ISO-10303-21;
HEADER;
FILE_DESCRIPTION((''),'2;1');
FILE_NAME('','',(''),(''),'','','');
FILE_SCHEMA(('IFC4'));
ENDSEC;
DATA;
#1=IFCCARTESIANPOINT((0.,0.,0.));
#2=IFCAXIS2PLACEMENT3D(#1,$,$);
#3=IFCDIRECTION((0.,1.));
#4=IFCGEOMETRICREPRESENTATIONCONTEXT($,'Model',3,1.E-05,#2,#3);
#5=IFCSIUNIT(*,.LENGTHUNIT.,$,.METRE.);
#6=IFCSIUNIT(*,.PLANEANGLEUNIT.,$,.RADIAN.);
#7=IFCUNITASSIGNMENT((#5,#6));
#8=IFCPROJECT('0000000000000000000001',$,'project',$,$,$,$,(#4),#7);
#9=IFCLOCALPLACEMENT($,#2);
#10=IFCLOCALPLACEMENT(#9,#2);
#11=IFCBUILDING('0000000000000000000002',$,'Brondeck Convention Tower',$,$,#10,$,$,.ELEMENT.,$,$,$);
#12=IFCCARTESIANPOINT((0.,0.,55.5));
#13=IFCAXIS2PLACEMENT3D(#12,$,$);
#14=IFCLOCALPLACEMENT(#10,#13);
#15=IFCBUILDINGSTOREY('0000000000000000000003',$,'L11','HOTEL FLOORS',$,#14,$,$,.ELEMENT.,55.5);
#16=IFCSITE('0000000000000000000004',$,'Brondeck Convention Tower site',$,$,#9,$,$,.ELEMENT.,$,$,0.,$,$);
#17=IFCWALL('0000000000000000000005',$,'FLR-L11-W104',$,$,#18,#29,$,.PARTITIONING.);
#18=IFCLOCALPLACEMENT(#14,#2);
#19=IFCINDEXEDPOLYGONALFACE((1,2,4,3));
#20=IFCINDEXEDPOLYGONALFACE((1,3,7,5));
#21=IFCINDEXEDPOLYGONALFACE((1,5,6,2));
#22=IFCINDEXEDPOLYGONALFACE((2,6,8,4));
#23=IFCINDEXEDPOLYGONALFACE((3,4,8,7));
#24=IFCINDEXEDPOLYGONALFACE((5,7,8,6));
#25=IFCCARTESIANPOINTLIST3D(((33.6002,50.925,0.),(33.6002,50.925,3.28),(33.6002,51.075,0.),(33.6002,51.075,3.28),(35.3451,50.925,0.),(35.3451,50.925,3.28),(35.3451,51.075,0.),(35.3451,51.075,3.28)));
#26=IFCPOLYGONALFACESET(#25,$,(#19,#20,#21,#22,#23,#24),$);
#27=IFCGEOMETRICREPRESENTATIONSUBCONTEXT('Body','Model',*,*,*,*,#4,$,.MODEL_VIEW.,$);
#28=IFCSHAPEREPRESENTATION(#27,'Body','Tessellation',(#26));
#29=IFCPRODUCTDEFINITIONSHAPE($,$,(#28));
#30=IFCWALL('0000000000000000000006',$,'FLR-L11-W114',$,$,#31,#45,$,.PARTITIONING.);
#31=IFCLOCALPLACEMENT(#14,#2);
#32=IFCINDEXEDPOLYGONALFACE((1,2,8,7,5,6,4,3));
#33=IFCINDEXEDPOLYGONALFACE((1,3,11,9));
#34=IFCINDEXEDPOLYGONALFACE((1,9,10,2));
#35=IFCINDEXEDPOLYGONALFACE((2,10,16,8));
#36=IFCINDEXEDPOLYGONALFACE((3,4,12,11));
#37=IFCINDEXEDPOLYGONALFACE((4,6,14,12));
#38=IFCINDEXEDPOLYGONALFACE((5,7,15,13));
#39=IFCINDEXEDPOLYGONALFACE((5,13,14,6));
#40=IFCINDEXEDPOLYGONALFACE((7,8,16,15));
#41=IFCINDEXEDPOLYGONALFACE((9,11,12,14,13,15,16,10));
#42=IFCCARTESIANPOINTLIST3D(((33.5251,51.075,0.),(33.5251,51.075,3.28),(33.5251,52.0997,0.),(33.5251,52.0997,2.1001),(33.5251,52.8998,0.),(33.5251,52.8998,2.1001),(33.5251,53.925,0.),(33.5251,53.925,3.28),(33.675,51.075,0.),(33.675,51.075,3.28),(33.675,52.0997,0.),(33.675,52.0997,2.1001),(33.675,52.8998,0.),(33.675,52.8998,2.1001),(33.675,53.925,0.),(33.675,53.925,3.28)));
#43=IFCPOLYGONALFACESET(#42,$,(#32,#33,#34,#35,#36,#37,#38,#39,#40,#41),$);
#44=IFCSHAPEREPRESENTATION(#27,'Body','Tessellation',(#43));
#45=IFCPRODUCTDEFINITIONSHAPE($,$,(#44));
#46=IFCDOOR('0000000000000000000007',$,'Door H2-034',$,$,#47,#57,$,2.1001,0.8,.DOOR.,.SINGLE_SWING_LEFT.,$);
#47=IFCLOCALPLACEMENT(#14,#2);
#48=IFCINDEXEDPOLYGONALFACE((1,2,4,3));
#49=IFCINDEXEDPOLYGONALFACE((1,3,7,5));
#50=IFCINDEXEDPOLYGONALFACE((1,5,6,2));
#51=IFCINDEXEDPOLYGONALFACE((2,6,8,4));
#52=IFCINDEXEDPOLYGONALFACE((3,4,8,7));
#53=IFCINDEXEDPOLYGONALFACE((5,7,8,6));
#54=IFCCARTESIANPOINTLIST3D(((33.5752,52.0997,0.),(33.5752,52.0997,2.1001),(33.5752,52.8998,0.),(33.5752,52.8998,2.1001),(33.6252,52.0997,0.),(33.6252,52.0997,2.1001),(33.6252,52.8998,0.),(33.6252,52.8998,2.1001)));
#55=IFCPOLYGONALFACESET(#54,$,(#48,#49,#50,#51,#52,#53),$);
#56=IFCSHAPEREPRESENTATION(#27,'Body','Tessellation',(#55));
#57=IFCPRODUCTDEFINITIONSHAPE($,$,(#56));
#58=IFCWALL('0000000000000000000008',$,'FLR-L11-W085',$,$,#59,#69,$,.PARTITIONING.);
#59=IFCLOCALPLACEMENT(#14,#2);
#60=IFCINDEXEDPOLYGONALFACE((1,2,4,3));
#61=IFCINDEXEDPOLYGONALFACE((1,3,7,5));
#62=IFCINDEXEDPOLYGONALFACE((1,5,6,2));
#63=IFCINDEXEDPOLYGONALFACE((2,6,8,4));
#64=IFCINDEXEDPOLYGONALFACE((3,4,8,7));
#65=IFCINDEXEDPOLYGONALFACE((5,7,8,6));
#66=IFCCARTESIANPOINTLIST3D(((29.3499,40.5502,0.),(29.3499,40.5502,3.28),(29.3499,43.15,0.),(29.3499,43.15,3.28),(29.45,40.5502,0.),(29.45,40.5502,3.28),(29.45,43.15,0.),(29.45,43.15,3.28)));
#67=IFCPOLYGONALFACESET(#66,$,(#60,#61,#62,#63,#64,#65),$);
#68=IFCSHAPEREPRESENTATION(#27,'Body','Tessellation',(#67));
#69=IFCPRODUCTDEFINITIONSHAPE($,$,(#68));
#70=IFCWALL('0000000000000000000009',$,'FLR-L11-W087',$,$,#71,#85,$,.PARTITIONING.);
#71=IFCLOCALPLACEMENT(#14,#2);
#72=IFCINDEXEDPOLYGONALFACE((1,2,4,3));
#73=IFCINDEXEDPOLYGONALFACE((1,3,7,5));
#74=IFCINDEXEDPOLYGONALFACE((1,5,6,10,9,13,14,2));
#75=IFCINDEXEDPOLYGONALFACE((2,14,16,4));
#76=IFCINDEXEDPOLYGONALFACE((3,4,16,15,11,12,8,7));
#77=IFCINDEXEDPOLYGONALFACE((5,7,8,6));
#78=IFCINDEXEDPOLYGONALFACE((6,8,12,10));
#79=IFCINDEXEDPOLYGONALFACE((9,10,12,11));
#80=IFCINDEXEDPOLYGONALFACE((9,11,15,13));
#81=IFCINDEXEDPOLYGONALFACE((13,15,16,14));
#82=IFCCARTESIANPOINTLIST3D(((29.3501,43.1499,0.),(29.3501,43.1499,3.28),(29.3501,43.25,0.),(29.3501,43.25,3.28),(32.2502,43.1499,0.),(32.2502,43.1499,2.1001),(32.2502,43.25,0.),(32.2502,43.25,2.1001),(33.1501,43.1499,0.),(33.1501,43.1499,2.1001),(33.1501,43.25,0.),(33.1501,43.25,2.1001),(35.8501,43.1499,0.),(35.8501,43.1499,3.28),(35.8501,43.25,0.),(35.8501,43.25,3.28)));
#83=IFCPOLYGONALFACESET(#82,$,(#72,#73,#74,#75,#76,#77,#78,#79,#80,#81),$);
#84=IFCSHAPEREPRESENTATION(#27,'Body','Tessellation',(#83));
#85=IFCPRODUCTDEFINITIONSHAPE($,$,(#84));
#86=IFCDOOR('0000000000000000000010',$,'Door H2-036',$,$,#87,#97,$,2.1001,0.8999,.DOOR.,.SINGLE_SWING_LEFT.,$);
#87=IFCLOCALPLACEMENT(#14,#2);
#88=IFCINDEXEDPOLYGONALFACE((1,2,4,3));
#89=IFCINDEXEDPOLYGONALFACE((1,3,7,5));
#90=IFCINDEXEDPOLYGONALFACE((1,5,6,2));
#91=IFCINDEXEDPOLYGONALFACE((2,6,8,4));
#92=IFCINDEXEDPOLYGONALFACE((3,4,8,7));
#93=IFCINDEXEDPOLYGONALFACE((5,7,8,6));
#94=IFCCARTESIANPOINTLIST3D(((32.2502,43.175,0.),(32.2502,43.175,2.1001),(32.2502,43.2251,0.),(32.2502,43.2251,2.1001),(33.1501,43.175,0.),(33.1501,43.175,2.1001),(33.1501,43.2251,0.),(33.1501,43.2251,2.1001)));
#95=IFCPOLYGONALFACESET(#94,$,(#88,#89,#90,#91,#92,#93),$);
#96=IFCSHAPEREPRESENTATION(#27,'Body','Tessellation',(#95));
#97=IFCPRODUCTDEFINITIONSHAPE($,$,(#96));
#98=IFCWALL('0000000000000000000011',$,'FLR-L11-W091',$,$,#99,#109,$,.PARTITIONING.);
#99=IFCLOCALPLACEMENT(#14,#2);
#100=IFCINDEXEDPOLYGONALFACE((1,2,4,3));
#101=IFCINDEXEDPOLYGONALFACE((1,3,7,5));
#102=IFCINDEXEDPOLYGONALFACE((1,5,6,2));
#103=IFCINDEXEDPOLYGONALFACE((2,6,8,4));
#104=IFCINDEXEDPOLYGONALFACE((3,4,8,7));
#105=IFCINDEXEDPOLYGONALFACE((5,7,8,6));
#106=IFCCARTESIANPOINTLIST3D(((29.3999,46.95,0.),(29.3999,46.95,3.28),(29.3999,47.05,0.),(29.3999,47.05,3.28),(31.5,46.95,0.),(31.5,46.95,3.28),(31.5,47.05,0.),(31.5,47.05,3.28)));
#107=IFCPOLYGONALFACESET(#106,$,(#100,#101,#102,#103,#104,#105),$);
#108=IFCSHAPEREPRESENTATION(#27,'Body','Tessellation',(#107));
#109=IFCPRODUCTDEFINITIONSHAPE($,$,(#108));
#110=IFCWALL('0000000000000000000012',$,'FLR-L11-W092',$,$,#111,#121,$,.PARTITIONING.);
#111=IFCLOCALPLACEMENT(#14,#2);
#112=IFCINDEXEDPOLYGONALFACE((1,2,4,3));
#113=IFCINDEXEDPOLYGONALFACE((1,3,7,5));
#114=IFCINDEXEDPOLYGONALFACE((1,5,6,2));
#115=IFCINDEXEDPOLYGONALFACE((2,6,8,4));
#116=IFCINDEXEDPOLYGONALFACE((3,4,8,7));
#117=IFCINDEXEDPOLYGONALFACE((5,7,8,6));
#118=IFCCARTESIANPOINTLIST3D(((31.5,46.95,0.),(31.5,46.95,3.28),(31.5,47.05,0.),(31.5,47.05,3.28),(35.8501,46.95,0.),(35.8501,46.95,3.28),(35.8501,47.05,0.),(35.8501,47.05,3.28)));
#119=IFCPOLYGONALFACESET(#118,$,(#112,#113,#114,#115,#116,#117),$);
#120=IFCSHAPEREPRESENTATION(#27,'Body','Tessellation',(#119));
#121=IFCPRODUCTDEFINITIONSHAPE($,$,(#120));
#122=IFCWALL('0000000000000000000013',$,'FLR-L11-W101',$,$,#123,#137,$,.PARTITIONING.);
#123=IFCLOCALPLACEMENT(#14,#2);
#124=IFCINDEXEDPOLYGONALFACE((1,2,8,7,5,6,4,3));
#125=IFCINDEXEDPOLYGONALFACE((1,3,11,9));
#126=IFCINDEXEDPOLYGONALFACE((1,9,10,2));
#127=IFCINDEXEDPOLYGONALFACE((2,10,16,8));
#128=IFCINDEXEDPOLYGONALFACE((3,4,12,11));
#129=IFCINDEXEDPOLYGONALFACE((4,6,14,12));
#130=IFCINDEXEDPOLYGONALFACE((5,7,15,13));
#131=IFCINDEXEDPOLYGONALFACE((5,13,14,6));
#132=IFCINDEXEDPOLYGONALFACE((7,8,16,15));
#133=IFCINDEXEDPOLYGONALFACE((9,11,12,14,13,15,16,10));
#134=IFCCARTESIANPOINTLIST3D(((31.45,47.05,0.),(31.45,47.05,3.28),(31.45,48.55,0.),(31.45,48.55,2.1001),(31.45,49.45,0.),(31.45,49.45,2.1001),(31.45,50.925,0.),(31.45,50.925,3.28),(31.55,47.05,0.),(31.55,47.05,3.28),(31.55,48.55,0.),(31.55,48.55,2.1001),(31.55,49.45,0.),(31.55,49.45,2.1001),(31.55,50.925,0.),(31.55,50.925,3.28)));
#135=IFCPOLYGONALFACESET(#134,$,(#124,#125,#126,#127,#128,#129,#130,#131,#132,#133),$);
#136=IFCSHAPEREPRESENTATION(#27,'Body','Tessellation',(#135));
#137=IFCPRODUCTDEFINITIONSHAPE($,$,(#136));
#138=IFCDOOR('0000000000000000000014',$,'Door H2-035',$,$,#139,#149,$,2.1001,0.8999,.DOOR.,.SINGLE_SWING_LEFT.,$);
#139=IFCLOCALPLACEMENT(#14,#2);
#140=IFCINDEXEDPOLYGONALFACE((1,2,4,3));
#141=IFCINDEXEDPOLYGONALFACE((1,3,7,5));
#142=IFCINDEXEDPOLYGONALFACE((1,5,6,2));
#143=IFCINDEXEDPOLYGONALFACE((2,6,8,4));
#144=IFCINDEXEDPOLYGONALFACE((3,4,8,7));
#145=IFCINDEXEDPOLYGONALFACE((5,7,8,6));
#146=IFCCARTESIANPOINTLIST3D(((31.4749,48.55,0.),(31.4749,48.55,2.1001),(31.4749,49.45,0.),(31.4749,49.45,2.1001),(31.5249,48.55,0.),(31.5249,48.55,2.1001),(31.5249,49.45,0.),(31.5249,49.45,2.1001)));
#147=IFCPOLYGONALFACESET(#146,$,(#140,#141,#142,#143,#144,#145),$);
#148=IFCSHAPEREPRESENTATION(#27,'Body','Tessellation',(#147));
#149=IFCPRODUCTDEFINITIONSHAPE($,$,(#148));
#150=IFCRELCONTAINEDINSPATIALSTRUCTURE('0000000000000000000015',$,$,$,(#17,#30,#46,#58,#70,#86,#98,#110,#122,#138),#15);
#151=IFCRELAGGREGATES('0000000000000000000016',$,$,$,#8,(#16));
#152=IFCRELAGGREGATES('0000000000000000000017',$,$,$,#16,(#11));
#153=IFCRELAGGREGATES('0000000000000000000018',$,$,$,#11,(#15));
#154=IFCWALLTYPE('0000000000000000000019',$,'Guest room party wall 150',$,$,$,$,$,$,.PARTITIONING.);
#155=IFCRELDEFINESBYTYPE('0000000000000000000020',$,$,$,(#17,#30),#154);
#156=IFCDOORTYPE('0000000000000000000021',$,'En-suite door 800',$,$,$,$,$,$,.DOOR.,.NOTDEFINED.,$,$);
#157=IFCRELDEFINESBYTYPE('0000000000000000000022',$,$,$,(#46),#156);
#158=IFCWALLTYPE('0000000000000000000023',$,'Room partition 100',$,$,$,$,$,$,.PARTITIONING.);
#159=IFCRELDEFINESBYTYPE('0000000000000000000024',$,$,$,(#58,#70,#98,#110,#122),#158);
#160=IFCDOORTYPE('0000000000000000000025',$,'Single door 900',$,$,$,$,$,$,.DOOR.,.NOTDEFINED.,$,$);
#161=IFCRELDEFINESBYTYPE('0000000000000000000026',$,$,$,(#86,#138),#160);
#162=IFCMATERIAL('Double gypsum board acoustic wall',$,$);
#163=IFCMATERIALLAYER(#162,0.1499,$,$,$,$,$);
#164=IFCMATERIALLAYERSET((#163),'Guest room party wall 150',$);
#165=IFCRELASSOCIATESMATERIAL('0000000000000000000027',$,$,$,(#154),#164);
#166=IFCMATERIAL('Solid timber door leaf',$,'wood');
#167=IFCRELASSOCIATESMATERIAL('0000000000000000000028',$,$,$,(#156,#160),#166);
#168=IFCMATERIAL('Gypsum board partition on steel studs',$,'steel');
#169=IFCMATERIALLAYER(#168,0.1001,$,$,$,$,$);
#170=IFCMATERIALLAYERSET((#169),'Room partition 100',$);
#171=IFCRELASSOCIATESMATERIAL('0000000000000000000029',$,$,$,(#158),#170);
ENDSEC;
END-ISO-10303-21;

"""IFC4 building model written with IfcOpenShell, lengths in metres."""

from ifc_helpers import new_model, si_unit, direction, frame, frame_2d, origin, place, context, subcontext, project, spatial, rectangle, extrude, material, layer, layer_set, type_object, element, fill, save


model = new_model("IFC4")

# Units and contexts
model_context = context("Model", 3, precision=1e-05, world=origin(), true_north=direction((0.0, 1.0)))
body_context = subcontext(model_context, "Body", "Model", "MODEL_VIEW")
ifc_project = project(units=[si_unit("LENGTHUNIT", "METRE"), si_unit("PLANEANGLEUNIT", "RADIAN")], contexts=[model_context])

# Site, building, storey
site_placement = place(None, origin())
site = spatial("IfcSite", under=ifc_project, at=site_placement, Name="Brondeck Convention Tower site", CompositionType="ELEMENT", RefElevation=0.0)
building_placement = place(site_placement, origin())
building = spatial("IfcBuilding", under=site, at=building_placement, Name="Brondeck Convention Tower", CompositionType="ELEMENT")
storey_placement = place(building_placement, frame((0.0, 0.0, 55.5)))
storey = spatial("IfcBuildingStorey", under=building, at=storey_placement, Name="L11", Description="HOTEL FLOORS", CompositionType="ELEMENT", Elevation=55.5)

# Wall
ifc_material_1 = material(Name="Double gypsum board acoustic wall")
ifc_layer_1 = layer(ifc_material_1, 0.1499)
ifc_layer_set_1 = layer_set([ifc_layer_1], Name="Guest room party wall 150")
wall_type_1 = type_object("IfcWallType", Name="Guest room party wall 150", PredefinedType="PARTITIONING", material=ifc_layer_set_1)
wall_1_placement = place(storey_placement, frame((33.6001, 51.0, 0.0), z_axis=(0.0, 0.0, 1.0), x_axis=(1.0, 0.0, 0.0)))
element("IfcWall", 1, at=wall_1_placement, inside=storey, type_object=wall_type_1, Name="FLR-L11-W104", PredefinedType="PARTITIONING", context=body_context, shape_type="SweptSolid", body=[
    extrude(rectangle(XDim=1.7449, YDim=0.1499, at=frame_2d((0.8726, 0.0))), origin(), (0.0, 0.0, 1.0), 3.28),
])

# Wall, opening, door
wall_2_placement = place(storey_placement, frame((33.6001, 51.075, 0.0), z_axis=(0.0, 0.0, 1.0), x_axis=(0.0, 1.0, 0.0)))
wall_2 = element("IfcWall", 2, at=wall_2_placement, inside=storey, type_object=wall_type_1, Name="FLR-L11-W114", PredefinedType="PARTITIONING", context=body_context, shape_type="SweptSolid", body=[
    extrude(rectangle(XDim=2.8501, YDim=0.1499, at=frame_2d((1.425, 0.0))), origin(), (0.0, 0.0, 1.0), 3.28),
])
opening_1_placement = place(wall_2_placement, frame((1.0249, 0.0, 0.0)))
opening_1 = element("IfcOpeningElement", 3, at=opening_1_placement, cuts=wall_2, PredefinedType="OPENING", context=body_context, shape_type="SweptSolid", body=[
    extrude(rectangle(XDim=0.8, YDim=2.1001, at=frame_2d((0.3999, 1.05))), frame((0.0, 0.085, 0.0), z_axis=(0.0, -1.0, 0.0), x_axis=(1.0, 0.0, 0.0)), (0.0, 0.0, 1.0), 0.1699),
])
ifc_material_2 = material(Name="Solid timber door leaf", Category="wood")
door_type_1 = type_object("IfcDoorType", Name="En-suite door 800", OperationType="NOTDEFINED", PredefinedType="DOOR", material=ifc_material_2)
door_1_placement = place(opening_1_placement, origin())
door_1 = element("IfcDoor", 4, at=door_1_placement, inside=storey, type_object=door_type_1, Name="Door H2-034", OperationType="SINGLE_SWING_LEFT", OverallHeight=2.1001, OverallWidth=0.8, PredefinedType="DOOR", context=body_context, shape_type="SweptSolid", body=[
    extrude(rectangle(XDim=0.8, YDim=2.1001, at=frame_2d((0.3999, 1.05))), frame((0.0, 0.0249, 0.0), z_axis=(0.0, -1.0, 0.0), x_axis=(1.0, 0.0, 0.0)), (0.0, 0.0, 1.0), 0.05),
])
fill(opening_1, door_1)

# Wall
ifc_material_3 = material(Name="Gypsum board partition on steel studs", Category="steel")
ifc_layer_2 = layer(ifc_material_3, 0.1001)
ifc_layer_set_2 = layer_set([ifc_layer_2], Name="Room partition 100")
wall_type_2 = type_object("IfcWallType", Name="Room partition 100", PredefinedType="PARTITIONING", material=ifc_layer_set_2)
wall_3_placement = place(storey_placement, frame((29.3999, 43.1499, 0.0), z_axis=(0.0, 0.0, 1.0), x_axis=(0.0, -1.0, 0.0)))
element("IfcWall", 5, at=wall_3_placement, inside=storey, type_object=wall_type_2, Name="FLR-L11-W085", PredefinedType="PARTITIONING", context=body_context, shape_type="SweptSolid", body=[
    extrude(rectangle(XDim=2.5999, YDim=0.1001, at=frame_2d((1.2998, 0.0))), origin(), (0.0, 0.0, 1.0), 3.28),
])

# Wall, opening, door
wall_4_placement = place(storey_placement, frame((35.8501, 43.2, 0.0), z_axis=(0.0, 0.0, 1.0), x_axis=(-1.0, 0.0, 0.0)))
wall_4 = element("IfcWall", 6, at=wall_4_placement, inside=storey, type_object=wall_type_2, Name="FLR-L11-W087", PredefinedType="PARTITIONING", context=body_context, shape_type="SweptSolid", body=[
    extrude(rectangle(XDim=6.5, YDim=0.1001, at=frame_2d((3.25, 0.0))), origin(), (0.0, 0.0, 1.0), 3.28),
])
opening_2_placement = place(wall_4_placement, frame((2.7, 0.0, 0.0)))
opening_2 = element("IfcOpeningElement", 7, at=opening_2_placement, cuts=wall_4, PredefinedType="OPENING", context=body_context, shape_type="SweptSolid", body=[
    extrude(rectangle(XDim=0.8999, YDim=2.1001, at=frame_2d((0.45, 1.05))), frame((0.0, 0.0601, 0.0), z_axis=(0.0, -1.0, 0.0), x_axis=(1.0, 0.0, 0.0)), (0.0, 0.0, 1.0), 0.1201),
])
door_type_2 = type_object("IfcDoorType", Name="Single door 900", OperationType="NOTDEFINED", PredefinedType="DOOR", material=ifc_material_2)
door_2_placement = place(opening_2_placement, origin())
door_2 = element("IfcDoor", 8, at=door_2_placement, inside=storey, type_object=door_type_2, Name="Door H2-036", OperationType="SINGLE_SWING_LEFT", OverallHeight=2.1001, OverallWidth=0.8999, PredefinedType="DOOR", context=body_context, shape_type="SweptSolid", body=[
    extrude(rectangle(XDim=0.8999, YDim=2.1001, at=frame_2d((0.45, 1.05))), frame((0.0, 0.0249, 0.0), z_axis=(0.0, -1.0, 0.0), x_axis=(1.0, 0.0, 0.0)), (0.0, 0.0, 1.0), 0.05),
])
fill(opening_2, door_2)

# Walls
wall_5_placement = place(storey_placement, frame((29.3999, 47.0, 0.0), z_axis=(0.0, 0.0, 1.0), x_axis=(1.0, 0.0, 0.0)))
element("IfcWall", 9, at=wall_5_placement, inside=storey, type_object=wall_type_2, Name="FLR-L11-W091", PredefinedType="PARTITIONING", context=body_context, shape_type="SweptSolid", body=[
    extrude(rectangle(XDim=2.1001, YDim=0.1001, at=frame_2d((1.05, 0.0))), origin(), (0.0, 0.0, 1.0), 3.28),
])
wall_6_placement = place(storey_placement, frame((31.5, 47.0, 0.0), z_axis=(0.0, 0.0, 1.0), x_axis=(1.0, 0.0, 0.0)))
element("IfcWall", 10, at=wall_6_placement, inside=storey, type_object=wall_type_2, Name="FLR-L11-W092", PredefinedType="PARTITIONING", context=body_context, shape_type="SweptSolid", body=[
    extrude(rectangle(XDim=4.3501, YDim=0.1001, at=frame_2d((2.175, 0.0))), origin(), (0.0, 0.0, 1.0), 3.28),
])

# Wall, opening, door
wall_7_placement = place(storey_placement, frame((31.5, 50.925, 0.0), z_axis=(0.0, 0.0, 1.0), x_axis=(0.0, -1.0, 0.0)))
wall_7 = element("IfcWall", 11, at=wall_7_placement, inside=storey, type_object=wall_type_2, Name="FLR-L11-W101", PredefinedType="PARTITIONING", context=body_context, shape_type="SweptSolid", body=[
    extrude(rectangle(XDim=3.875, YDim=0.1001, at=frame_2d((1.9375, 0.0))), origin(), (0.0, 0.0, 1.0), 3.28),
])
opening_3_placement = place(wall_7_placement, frame((1.4751, 0.0, 0.0)))
opening_3 = element("IfcOpeningElement", 12, at=opening_3_placement, cuts=wall_7, PredefinedType="OPENING", context=body_context, shape_type="SweptSolid", body=[
    extrude(rectangle(XDim=0.8999, YDim=2.1001, at=frame_2d((0.45, 1.05))), frame((0.0, 0.0601, 0.0), z_axis=(0.0, -1.0, 0.0), x_axis=(1.0, 0.0, 0.0)), (0.0, 0.0, 1.0), 0.1201),
])
door_3_placement = place(opening_3_placement, origin())
door_3 = element("IfcDoor", 13, at=door_3_placement, inside=storey, type_object=door_type_2, Name="Door H2-035", OperationType="SINGLE_SWING_LEFT", OverallHeight=2.1001, OverallWidth=0.8999, PredefinedType="DOOR", context=body_context, shape_type="SweptSolid", body=[
    extrude(rectangle(XDim=0.8999, YDim=2.1001, at=frame_2d((0.45, 1.05))), frame((0.0, 0.0249, 0.0), z_axis=(0.0, -1.0, 0.0), x_axis=(1.0, 0.0, 0.0)), (0.0, 0.0, 1.0), 0.05),
])
fill(opening_3, door_3)

save(model, "model.ifc")
